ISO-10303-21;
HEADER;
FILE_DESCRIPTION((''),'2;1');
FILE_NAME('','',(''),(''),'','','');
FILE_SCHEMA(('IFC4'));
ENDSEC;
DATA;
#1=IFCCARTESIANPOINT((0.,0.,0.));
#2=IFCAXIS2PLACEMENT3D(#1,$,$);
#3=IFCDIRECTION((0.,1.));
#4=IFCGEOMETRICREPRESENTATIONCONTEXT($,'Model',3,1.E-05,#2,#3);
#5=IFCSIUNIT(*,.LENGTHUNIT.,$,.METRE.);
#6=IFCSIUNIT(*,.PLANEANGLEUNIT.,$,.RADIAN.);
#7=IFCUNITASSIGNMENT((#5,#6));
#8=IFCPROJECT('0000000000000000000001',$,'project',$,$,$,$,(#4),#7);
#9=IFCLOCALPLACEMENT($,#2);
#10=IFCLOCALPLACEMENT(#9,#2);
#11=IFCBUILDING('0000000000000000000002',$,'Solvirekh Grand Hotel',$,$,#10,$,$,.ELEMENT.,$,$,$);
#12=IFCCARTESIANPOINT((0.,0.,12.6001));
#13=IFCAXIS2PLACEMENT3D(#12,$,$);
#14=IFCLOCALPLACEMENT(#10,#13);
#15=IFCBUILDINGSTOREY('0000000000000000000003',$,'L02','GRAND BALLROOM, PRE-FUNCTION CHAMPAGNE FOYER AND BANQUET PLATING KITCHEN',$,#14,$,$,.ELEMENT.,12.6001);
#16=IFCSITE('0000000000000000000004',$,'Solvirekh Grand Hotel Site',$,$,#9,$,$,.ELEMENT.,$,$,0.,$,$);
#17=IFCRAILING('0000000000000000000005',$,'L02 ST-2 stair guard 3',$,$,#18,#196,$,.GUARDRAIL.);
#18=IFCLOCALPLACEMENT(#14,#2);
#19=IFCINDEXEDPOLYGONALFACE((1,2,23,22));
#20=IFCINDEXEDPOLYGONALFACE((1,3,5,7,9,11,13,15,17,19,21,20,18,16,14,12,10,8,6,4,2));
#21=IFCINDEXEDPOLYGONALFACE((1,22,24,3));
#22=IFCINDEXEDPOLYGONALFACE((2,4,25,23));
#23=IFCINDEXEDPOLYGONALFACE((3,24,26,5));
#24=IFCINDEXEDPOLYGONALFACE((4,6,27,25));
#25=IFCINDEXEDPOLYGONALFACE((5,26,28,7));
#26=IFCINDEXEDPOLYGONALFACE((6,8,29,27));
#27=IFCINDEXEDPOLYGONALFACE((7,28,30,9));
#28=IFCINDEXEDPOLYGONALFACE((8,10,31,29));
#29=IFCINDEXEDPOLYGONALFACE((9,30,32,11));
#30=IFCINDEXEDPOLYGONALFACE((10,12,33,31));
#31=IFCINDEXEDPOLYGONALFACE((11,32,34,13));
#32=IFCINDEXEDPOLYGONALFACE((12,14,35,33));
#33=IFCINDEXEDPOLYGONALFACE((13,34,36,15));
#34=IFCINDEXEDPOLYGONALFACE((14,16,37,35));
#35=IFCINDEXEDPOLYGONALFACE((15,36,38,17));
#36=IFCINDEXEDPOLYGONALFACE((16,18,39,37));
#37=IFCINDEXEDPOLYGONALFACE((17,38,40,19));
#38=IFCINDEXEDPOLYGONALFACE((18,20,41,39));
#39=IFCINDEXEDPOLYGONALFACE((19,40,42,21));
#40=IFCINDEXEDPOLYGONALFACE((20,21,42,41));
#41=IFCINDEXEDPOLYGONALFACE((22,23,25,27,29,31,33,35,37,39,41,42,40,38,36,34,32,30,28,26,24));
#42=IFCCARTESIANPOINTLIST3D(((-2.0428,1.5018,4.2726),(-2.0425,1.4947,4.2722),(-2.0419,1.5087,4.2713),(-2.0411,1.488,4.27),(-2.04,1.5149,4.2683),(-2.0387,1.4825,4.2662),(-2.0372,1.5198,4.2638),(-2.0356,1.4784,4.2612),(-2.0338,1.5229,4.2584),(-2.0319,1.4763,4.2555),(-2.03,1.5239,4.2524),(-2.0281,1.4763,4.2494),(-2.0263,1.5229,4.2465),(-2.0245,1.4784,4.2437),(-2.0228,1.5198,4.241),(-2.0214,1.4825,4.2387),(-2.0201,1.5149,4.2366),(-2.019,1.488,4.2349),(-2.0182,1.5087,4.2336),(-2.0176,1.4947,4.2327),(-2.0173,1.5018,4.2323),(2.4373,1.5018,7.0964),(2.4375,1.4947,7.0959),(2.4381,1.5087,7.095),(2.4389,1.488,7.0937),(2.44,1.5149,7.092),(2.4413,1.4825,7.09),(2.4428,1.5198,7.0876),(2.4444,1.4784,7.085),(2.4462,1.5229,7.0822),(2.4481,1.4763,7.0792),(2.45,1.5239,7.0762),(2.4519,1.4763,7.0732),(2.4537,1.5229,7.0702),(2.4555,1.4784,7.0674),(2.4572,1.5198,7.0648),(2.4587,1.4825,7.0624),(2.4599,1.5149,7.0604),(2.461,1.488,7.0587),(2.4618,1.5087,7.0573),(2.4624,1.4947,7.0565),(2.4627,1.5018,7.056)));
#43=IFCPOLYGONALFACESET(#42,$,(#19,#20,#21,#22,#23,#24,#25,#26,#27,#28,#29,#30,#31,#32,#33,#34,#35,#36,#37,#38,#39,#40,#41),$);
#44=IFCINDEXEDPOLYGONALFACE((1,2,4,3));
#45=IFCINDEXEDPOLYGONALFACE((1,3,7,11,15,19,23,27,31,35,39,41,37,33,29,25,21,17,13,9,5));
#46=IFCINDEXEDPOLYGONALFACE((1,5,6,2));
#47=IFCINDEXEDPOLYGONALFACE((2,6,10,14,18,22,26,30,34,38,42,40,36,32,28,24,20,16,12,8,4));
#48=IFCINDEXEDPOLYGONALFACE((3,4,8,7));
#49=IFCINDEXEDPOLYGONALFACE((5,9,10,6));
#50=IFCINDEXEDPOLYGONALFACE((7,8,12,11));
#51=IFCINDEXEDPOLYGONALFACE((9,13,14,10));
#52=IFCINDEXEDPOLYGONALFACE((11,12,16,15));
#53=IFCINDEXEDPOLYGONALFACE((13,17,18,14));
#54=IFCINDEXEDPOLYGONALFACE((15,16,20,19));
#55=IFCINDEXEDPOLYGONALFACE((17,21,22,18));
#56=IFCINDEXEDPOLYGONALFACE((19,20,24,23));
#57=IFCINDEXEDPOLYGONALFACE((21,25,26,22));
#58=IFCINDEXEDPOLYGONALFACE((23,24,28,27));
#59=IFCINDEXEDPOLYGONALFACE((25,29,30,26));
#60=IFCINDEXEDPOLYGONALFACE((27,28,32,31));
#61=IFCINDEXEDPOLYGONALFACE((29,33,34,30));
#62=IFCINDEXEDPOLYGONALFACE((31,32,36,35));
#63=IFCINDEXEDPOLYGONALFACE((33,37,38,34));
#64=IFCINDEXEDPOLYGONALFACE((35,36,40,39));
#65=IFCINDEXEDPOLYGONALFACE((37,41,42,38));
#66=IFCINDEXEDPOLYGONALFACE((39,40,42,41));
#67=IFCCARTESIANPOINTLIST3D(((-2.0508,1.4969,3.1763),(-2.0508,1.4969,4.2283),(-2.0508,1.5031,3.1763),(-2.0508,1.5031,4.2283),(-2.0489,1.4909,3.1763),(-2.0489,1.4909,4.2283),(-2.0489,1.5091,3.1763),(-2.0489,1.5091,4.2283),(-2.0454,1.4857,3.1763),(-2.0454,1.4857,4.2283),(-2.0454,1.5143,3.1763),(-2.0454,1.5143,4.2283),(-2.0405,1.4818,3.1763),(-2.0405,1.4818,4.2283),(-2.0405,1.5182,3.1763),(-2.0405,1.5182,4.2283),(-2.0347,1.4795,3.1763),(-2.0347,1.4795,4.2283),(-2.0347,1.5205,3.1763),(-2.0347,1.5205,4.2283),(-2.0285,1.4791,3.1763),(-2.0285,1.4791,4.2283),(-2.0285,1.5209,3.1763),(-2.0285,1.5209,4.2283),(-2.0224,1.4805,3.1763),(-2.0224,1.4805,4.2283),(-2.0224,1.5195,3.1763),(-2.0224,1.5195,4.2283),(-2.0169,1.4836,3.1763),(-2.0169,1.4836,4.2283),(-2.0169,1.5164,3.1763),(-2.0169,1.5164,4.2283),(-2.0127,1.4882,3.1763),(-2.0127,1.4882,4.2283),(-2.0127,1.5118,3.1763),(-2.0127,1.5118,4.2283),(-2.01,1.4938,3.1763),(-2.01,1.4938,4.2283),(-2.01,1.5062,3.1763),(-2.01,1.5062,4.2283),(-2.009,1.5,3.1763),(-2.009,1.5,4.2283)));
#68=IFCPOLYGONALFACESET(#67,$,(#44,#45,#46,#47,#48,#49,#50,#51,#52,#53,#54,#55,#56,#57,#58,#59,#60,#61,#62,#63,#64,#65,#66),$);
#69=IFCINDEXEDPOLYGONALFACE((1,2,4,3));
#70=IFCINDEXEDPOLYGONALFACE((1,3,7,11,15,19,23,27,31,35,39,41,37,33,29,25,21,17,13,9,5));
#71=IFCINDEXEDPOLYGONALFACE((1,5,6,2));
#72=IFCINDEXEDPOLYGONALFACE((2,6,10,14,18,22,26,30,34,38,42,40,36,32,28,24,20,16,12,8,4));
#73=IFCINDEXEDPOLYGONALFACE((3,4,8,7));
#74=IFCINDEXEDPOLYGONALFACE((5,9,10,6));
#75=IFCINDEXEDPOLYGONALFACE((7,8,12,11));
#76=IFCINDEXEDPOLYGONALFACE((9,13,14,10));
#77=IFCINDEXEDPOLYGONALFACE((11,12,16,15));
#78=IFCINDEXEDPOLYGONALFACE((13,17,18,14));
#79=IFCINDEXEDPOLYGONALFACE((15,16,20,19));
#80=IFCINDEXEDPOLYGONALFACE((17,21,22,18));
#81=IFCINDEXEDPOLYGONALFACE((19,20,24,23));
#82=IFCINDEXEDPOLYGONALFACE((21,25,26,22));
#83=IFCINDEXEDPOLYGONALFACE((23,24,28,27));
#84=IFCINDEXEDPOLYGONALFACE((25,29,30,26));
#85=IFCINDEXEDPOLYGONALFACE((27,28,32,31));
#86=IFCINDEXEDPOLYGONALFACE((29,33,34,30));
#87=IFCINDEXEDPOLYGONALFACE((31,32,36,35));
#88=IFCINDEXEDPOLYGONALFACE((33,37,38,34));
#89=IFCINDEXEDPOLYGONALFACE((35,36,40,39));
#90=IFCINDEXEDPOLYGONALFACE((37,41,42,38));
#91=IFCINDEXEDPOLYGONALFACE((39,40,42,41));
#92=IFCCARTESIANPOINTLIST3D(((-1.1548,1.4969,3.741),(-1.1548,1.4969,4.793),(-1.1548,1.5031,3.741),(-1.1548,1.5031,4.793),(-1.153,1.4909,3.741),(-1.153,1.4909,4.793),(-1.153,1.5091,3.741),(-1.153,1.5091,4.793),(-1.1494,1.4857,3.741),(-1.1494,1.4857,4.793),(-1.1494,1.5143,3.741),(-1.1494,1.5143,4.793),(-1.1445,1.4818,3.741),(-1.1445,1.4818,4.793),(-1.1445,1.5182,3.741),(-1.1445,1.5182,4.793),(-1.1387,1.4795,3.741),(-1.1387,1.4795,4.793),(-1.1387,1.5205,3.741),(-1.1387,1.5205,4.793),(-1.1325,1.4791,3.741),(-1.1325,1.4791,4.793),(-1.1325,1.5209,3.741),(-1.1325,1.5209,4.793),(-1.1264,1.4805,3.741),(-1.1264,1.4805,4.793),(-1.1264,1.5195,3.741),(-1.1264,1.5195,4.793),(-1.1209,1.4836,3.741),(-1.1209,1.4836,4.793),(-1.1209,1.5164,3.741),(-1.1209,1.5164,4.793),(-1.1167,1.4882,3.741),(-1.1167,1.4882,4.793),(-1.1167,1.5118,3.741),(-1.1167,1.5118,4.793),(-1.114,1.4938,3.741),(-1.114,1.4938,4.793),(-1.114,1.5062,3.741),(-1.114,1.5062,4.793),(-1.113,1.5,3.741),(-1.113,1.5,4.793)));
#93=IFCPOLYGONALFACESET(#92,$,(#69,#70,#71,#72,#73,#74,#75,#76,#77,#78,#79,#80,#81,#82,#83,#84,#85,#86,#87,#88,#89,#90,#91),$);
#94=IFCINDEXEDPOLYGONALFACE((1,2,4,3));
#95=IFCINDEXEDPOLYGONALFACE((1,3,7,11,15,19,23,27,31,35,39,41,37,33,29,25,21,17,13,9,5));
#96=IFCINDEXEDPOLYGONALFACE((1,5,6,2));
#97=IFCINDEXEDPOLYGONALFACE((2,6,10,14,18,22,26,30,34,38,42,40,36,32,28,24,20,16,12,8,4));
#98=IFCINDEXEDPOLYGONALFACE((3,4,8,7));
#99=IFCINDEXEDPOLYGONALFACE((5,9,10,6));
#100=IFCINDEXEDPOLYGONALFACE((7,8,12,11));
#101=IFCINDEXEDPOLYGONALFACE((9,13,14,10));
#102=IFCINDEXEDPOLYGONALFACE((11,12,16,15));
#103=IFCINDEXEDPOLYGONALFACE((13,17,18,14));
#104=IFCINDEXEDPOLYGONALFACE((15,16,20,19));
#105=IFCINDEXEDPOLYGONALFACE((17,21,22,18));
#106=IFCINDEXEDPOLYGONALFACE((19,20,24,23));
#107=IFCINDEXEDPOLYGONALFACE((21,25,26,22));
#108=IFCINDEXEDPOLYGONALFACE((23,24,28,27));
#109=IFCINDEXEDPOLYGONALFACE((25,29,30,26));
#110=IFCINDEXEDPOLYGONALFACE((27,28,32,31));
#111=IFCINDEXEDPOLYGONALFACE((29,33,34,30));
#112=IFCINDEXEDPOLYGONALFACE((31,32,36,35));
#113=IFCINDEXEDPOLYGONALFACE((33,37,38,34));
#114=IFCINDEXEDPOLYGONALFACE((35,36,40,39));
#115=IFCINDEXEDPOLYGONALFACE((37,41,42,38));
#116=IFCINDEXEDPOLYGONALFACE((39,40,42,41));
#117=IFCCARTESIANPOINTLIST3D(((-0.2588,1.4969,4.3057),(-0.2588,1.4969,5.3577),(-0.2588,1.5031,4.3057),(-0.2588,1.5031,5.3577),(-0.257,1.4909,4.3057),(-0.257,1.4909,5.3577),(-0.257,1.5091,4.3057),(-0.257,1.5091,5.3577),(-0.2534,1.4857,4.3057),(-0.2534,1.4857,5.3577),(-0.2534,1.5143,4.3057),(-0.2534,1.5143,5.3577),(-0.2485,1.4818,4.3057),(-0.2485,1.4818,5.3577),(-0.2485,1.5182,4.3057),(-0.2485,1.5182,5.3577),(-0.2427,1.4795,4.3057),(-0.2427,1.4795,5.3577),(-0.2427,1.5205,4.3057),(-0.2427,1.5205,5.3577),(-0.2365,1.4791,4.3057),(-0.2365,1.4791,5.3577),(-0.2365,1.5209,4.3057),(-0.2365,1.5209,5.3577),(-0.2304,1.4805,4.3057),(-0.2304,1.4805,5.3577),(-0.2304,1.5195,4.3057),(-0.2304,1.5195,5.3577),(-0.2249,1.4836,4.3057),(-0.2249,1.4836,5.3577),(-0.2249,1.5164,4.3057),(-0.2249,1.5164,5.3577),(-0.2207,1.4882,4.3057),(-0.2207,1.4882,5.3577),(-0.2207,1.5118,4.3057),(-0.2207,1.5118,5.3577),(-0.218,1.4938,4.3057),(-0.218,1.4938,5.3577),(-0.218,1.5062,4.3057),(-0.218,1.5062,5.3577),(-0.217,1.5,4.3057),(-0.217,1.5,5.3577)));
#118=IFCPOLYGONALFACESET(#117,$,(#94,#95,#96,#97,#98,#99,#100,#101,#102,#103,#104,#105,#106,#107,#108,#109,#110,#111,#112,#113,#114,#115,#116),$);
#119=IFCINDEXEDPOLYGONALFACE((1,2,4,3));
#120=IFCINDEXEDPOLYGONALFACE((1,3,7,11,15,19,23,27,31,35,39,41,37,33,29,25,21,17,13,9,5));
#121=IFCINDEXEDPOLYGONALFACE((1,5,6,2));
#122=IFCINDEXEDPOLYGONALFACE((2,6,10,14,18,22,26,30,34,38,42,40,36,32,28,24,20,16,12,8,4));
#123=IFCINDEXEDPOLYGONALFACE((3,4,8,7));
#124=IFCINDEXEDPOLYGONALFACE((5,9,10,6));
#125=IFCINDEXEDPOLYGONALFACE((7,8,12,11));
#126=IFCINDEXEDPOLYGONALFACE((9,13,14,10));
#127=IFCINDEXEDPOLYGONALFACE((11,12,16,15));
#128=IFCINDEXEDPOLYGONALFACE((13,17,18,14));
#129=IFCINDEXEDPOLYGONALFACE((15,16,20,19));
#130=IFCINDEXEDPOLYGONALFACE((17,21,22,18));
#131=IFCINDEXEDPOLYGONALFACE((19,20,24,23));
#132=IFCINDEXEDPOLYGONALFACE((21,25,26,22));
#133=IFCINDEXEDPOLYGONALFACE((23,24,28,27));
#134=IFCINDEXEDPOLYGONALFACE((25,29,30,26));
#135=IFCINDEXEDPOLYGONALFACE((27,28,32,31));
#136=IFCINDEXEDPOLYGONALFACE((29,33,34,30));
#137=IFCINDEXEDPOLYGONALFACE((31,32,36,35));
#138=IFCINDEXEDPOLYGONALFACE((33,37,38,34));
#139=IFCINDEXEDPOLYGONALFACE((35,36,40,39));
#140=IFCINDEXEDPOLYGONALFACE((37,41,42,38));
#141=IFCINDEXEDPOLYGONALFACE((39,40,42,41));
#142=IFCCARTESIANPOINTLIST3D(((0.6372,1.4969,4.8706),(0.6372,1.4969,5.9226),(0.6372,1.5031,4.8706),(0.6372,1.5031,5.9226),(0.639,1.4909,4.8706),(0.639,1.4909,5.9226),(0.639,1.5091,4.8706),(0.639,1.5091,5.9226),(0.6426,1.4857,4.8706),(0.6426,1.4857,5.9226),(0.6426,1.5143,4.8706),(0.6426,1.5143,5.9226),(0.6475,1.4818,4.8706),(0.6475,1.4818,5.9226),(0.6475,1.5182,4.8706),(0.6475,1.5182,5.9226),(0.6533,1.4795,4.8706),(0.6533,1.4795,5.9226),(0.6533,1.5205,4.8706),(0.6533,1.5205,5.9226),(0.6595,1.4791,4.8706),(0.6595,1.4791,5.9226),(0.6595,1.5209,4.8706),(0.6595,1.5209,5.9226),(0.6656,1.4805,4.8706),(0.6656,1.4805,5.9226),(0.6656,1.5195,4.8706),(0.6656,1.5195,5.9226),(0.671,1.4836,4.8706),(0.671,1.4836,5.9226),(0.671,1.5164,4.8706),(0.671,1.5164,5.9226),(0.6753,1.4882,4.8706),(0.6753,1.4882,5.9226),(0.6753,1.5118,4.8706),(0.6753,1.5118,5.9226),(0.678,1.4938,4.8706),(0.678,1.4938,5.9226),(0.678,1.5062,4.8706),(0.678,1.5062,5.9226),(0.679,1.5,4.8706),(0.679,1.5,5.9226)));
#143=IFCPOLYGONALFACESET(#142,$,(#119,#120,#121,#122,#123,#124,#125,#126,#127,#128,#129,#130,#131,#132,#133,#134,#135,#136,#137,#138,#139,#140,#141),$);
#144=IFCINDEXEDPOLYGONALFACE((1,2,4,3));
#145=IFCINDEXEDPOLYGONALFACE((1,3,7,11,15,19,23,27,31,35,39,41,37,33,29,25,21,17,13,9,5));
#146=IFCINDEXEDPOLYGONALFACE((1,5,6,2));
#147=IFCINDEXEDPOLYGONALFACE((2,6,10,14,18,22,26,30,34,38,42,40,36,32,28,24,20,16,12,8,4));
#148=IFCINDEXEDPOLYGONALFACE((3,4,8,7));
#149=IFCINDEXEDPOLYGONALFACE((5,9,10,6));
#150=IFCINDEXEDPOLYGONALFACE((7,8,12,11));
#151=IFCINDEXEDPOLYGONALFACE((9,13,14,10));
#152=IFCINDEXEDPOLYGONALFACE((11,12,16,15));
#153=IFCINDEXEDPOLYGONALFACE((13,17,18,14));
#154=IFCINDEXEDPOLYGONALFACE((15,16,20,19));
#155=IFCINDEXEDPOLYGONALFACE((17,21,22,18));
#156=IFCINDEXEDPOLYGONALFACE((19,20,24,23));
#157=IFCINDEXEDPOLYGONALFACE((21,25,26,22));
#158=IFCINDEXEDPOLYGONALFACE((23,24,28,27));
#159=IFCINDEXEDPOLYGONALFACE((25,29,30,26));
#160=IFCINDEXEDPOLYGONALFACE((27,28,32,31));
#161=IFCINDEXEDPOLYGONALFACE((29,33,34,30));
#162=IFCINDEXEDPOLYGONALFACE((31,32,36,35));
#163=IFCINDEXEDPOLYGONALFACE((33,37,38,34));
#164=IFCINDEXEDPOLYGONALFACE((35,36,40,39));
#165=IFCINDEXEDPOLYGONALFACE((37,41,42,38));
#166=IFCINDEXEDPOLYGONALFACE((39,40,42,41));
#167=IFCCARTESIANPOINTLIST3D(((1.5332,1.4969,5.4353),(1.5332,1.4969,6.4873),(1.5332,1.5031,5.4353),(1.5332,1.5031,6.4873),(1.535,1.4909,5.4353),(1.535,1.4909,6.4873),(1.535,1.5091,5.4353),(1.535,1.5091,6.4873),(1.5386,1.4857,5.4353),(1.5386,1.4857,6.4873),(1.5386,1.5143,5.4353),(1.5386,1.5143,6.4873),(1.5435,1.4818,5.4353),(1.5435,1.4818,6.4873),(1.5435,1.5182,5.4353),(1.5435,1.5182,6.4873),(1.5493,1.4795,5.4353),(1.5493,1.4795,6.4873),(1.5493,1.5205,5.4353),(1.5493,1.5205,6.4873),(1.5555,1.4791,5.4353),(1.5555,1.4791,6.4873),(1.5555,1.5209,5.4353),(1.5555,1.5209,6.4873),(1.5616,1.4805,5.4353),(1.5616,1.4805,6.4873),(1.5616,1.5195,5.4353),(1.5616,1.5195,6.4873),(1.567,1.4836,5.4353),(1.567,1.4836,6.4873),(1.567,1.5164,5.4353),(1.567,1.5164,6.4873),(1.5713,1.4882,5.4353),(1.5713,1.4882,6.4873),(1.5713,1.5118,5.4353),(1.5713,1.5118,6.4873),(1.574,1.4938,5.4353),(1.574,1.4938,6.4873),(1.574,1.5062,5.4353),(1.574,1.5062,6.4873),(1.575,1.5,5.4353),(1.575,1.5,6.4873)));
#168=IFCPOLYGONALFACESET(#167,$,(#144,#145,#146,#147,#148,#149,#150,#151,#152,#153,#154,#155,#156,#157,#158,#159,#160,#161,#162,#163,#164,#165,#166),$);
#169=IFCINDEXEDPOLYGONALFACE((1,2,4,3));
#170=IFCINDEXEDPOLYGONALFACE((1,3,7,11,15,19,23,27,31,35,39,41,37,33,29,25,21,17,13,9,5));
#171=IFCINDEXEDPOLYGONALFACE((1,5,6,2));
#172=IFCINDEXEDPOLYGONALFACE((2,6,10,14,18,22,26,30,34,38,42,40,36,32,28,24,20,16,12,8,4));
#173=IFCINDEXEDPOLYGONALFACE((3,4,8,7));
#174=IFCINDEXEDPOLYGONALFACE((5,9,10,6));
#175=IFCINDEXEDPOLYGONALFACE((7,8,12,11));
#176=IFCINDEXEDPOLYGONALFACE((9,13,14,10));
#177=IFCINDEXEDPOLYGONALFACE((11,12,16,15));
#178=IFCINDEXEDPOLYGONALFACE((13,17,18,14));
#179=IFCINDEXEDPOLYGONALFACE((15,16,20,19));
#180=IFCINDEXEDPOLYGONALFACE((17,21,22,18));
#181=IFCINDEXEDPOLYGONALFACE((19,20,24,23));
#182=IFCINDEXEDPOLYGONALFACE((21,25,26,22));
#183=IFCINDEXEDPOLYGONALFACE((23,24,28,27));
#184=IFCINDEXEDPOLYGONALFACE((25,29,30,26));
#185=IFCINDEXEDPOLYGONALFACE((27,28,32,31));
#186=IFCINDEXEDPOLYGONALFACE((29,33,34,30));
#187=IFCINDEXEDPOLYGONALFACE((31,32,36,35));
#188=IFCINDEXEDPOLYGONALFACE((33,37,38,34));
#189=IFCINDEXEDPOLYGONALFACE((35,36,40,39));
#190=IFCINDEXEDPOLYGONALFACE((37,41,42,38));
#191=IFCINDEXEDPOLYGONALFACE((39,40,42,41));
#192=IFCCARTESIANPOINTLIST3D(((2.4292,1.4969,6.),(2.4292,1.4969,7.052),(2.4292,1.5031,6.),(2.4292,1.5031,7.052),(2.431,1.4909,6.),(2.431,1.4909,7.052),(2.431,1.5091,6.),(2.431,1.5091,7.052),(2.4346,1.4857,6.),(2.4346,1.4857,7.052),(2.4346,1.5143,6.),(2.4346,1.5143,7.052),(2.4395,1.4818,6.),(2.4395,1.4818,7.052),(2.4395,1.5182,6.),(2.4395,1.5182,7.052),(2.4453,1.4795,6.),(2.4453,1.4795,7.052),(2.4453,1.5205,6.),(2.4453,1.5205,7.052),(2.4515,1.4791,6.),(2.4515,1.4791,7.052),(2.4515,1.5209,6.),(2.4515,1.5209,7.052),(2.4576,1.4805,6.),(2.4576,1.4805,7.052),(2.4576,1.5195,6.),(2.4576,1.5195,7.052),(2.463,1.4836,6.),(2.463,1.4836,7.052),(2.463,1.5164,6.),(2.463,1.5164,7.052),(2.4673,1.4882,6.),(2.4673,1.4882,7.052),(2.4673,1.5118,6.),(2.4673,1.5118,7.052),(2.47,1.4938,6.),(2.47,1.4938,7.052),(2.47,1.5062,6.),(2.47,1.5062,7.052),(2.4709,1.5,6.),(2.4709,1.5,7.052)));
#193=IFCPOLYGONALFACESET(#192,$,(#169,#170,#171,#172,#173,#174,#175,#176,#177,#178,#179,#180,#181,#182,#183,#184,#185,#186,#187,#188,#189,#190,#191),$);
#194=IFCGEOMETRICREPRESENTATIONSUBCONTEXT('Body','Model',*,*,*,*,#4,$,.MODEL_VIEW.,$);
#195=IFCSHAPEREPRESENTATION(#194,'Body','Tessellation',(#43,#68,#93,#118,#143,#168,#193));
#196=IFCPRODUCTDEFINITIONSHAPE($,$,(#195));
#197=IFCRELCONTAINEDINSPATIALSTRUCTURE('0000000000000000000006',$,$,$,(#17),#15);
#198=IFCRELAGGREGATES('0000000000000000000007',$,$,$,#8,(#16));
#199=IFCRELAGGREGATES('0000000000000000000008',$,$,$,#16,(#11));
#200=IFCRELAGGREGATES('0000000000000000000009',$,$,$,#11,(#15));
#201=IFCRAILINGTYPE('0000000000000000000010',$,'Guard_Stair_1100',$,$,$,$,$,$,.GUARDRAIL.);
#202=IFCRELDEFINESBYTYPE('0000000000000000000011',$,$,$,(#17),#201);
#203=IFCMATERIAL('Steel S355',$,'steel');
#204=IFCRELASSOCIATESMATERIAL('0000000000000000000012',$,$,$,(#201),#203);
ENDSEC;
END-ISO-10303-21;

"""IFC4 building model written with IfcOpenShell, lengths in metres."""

from ifc_helpers import new_model, si_unit, direction, frame, origin, origin_2d, place, context, subcontext, project, spatial, circle, extrude, material, type_object, element, save


model = new_model("IFC4")

# Units and contexts
model_context = context("Model", 3, precision=1e-05, world=origin(), true_north=direction((0.0, 1.0)))
body_context = subcontext(model_context, "Body", "Model", "MODEL_VIEW")
ifc_project = project(units=[si_unit("LENGTHUNIT", "METRE"), si_unit("PLANEANGLEUNIT", "RADIAN")], contexts=[model_context])

# Site, building, storey
site_placement = place(None, origin())
site = spatial("IfcSite", under=ifc_project, at=site_placement, Name="Solvirekh Grand Hotel Site", CompositionType="ELEMENT", RefElevation=0.0)
building_placement = place(site_placement, origin())
building = spatial("IfcBuilding", under=site, at=building_placement, Name="Solvirekh Grand Hotel", CompositionType="ELEMENT")
storey_placement = place(building_placement, frame((0.0, 0.0, 12.6001)))
storey = spatial("IfcBuildingStorey", under=building, at=storey_placement, Name="L02", Description="GRAND BALLROOM, PRE-FUNCTION CHAMPAGNE FOYER AND BANQUET PLATING KITCHEN", CompositionType="ELEMENT", Elevation=12.6001)

# Railing
ifc_material_1 = material(Name="Steel S355", Category="steel")
railing_type_1 = type_object("IfcRailingType", Name="Guard_Stair_1100", PredefinedType="GUARDRAIL", material=ifc_material_1)
railing_1_placement = place(storey_placement, frame((-2.03, 1.5, 3.1763)))
element("IfcRailing", 1, at=railing_1_placement, inside=storey, type_object=railing_type_1, Name="L02 ST-2 stair guard 3", PredefinedType="GUARDRAIL", context=body_context, shape_type="SweptSolid", body=[
    extrude(circle(Radius=0.0239, at=origin_2d()), frame((0.0, 0.0, 1.0762), z_axis=(0.845977, 0.0, 0.533219), x_axis=(0.0, 1.0, 0.0)), (0.0, 0.0, 1.0), 5.2957),
    extrude(circle(Radius=0.021, at=origin_2d()), origin(), (0.0, 0.0, 1.0), 1.052),
    extrude(circle(Radius=0.021, at=origin_2d()), frame((0.896, 0.0, 0.5647)), (0.0, 0.0, 1.0), 1.052),
    extrude(circle(Radius=0.021, at=origin_2d()), frame((1.792, 0.0, 1.1294)), (0.0, 0.0, 1.0), 1.052),
    extrude(circle(Radius=0.021, at=origin_2d()), frame((2.688, 0.0, 1.6943)), (0.0, 0.0, 1.0), 1.052),
    extrude(circle(Radius=0.021, at=origin_2d()), frame((3.584, 0.0, 2.259)), (0.0, 0.0, 1.0), 1.052),
    extrude(circle(Radius=0.021, at=origin_2d()), frame((4.48, 0.0, 2.8237)), (0.0, 0.0, 1.0), 1.052),
])

save(model, "model.ifc")
